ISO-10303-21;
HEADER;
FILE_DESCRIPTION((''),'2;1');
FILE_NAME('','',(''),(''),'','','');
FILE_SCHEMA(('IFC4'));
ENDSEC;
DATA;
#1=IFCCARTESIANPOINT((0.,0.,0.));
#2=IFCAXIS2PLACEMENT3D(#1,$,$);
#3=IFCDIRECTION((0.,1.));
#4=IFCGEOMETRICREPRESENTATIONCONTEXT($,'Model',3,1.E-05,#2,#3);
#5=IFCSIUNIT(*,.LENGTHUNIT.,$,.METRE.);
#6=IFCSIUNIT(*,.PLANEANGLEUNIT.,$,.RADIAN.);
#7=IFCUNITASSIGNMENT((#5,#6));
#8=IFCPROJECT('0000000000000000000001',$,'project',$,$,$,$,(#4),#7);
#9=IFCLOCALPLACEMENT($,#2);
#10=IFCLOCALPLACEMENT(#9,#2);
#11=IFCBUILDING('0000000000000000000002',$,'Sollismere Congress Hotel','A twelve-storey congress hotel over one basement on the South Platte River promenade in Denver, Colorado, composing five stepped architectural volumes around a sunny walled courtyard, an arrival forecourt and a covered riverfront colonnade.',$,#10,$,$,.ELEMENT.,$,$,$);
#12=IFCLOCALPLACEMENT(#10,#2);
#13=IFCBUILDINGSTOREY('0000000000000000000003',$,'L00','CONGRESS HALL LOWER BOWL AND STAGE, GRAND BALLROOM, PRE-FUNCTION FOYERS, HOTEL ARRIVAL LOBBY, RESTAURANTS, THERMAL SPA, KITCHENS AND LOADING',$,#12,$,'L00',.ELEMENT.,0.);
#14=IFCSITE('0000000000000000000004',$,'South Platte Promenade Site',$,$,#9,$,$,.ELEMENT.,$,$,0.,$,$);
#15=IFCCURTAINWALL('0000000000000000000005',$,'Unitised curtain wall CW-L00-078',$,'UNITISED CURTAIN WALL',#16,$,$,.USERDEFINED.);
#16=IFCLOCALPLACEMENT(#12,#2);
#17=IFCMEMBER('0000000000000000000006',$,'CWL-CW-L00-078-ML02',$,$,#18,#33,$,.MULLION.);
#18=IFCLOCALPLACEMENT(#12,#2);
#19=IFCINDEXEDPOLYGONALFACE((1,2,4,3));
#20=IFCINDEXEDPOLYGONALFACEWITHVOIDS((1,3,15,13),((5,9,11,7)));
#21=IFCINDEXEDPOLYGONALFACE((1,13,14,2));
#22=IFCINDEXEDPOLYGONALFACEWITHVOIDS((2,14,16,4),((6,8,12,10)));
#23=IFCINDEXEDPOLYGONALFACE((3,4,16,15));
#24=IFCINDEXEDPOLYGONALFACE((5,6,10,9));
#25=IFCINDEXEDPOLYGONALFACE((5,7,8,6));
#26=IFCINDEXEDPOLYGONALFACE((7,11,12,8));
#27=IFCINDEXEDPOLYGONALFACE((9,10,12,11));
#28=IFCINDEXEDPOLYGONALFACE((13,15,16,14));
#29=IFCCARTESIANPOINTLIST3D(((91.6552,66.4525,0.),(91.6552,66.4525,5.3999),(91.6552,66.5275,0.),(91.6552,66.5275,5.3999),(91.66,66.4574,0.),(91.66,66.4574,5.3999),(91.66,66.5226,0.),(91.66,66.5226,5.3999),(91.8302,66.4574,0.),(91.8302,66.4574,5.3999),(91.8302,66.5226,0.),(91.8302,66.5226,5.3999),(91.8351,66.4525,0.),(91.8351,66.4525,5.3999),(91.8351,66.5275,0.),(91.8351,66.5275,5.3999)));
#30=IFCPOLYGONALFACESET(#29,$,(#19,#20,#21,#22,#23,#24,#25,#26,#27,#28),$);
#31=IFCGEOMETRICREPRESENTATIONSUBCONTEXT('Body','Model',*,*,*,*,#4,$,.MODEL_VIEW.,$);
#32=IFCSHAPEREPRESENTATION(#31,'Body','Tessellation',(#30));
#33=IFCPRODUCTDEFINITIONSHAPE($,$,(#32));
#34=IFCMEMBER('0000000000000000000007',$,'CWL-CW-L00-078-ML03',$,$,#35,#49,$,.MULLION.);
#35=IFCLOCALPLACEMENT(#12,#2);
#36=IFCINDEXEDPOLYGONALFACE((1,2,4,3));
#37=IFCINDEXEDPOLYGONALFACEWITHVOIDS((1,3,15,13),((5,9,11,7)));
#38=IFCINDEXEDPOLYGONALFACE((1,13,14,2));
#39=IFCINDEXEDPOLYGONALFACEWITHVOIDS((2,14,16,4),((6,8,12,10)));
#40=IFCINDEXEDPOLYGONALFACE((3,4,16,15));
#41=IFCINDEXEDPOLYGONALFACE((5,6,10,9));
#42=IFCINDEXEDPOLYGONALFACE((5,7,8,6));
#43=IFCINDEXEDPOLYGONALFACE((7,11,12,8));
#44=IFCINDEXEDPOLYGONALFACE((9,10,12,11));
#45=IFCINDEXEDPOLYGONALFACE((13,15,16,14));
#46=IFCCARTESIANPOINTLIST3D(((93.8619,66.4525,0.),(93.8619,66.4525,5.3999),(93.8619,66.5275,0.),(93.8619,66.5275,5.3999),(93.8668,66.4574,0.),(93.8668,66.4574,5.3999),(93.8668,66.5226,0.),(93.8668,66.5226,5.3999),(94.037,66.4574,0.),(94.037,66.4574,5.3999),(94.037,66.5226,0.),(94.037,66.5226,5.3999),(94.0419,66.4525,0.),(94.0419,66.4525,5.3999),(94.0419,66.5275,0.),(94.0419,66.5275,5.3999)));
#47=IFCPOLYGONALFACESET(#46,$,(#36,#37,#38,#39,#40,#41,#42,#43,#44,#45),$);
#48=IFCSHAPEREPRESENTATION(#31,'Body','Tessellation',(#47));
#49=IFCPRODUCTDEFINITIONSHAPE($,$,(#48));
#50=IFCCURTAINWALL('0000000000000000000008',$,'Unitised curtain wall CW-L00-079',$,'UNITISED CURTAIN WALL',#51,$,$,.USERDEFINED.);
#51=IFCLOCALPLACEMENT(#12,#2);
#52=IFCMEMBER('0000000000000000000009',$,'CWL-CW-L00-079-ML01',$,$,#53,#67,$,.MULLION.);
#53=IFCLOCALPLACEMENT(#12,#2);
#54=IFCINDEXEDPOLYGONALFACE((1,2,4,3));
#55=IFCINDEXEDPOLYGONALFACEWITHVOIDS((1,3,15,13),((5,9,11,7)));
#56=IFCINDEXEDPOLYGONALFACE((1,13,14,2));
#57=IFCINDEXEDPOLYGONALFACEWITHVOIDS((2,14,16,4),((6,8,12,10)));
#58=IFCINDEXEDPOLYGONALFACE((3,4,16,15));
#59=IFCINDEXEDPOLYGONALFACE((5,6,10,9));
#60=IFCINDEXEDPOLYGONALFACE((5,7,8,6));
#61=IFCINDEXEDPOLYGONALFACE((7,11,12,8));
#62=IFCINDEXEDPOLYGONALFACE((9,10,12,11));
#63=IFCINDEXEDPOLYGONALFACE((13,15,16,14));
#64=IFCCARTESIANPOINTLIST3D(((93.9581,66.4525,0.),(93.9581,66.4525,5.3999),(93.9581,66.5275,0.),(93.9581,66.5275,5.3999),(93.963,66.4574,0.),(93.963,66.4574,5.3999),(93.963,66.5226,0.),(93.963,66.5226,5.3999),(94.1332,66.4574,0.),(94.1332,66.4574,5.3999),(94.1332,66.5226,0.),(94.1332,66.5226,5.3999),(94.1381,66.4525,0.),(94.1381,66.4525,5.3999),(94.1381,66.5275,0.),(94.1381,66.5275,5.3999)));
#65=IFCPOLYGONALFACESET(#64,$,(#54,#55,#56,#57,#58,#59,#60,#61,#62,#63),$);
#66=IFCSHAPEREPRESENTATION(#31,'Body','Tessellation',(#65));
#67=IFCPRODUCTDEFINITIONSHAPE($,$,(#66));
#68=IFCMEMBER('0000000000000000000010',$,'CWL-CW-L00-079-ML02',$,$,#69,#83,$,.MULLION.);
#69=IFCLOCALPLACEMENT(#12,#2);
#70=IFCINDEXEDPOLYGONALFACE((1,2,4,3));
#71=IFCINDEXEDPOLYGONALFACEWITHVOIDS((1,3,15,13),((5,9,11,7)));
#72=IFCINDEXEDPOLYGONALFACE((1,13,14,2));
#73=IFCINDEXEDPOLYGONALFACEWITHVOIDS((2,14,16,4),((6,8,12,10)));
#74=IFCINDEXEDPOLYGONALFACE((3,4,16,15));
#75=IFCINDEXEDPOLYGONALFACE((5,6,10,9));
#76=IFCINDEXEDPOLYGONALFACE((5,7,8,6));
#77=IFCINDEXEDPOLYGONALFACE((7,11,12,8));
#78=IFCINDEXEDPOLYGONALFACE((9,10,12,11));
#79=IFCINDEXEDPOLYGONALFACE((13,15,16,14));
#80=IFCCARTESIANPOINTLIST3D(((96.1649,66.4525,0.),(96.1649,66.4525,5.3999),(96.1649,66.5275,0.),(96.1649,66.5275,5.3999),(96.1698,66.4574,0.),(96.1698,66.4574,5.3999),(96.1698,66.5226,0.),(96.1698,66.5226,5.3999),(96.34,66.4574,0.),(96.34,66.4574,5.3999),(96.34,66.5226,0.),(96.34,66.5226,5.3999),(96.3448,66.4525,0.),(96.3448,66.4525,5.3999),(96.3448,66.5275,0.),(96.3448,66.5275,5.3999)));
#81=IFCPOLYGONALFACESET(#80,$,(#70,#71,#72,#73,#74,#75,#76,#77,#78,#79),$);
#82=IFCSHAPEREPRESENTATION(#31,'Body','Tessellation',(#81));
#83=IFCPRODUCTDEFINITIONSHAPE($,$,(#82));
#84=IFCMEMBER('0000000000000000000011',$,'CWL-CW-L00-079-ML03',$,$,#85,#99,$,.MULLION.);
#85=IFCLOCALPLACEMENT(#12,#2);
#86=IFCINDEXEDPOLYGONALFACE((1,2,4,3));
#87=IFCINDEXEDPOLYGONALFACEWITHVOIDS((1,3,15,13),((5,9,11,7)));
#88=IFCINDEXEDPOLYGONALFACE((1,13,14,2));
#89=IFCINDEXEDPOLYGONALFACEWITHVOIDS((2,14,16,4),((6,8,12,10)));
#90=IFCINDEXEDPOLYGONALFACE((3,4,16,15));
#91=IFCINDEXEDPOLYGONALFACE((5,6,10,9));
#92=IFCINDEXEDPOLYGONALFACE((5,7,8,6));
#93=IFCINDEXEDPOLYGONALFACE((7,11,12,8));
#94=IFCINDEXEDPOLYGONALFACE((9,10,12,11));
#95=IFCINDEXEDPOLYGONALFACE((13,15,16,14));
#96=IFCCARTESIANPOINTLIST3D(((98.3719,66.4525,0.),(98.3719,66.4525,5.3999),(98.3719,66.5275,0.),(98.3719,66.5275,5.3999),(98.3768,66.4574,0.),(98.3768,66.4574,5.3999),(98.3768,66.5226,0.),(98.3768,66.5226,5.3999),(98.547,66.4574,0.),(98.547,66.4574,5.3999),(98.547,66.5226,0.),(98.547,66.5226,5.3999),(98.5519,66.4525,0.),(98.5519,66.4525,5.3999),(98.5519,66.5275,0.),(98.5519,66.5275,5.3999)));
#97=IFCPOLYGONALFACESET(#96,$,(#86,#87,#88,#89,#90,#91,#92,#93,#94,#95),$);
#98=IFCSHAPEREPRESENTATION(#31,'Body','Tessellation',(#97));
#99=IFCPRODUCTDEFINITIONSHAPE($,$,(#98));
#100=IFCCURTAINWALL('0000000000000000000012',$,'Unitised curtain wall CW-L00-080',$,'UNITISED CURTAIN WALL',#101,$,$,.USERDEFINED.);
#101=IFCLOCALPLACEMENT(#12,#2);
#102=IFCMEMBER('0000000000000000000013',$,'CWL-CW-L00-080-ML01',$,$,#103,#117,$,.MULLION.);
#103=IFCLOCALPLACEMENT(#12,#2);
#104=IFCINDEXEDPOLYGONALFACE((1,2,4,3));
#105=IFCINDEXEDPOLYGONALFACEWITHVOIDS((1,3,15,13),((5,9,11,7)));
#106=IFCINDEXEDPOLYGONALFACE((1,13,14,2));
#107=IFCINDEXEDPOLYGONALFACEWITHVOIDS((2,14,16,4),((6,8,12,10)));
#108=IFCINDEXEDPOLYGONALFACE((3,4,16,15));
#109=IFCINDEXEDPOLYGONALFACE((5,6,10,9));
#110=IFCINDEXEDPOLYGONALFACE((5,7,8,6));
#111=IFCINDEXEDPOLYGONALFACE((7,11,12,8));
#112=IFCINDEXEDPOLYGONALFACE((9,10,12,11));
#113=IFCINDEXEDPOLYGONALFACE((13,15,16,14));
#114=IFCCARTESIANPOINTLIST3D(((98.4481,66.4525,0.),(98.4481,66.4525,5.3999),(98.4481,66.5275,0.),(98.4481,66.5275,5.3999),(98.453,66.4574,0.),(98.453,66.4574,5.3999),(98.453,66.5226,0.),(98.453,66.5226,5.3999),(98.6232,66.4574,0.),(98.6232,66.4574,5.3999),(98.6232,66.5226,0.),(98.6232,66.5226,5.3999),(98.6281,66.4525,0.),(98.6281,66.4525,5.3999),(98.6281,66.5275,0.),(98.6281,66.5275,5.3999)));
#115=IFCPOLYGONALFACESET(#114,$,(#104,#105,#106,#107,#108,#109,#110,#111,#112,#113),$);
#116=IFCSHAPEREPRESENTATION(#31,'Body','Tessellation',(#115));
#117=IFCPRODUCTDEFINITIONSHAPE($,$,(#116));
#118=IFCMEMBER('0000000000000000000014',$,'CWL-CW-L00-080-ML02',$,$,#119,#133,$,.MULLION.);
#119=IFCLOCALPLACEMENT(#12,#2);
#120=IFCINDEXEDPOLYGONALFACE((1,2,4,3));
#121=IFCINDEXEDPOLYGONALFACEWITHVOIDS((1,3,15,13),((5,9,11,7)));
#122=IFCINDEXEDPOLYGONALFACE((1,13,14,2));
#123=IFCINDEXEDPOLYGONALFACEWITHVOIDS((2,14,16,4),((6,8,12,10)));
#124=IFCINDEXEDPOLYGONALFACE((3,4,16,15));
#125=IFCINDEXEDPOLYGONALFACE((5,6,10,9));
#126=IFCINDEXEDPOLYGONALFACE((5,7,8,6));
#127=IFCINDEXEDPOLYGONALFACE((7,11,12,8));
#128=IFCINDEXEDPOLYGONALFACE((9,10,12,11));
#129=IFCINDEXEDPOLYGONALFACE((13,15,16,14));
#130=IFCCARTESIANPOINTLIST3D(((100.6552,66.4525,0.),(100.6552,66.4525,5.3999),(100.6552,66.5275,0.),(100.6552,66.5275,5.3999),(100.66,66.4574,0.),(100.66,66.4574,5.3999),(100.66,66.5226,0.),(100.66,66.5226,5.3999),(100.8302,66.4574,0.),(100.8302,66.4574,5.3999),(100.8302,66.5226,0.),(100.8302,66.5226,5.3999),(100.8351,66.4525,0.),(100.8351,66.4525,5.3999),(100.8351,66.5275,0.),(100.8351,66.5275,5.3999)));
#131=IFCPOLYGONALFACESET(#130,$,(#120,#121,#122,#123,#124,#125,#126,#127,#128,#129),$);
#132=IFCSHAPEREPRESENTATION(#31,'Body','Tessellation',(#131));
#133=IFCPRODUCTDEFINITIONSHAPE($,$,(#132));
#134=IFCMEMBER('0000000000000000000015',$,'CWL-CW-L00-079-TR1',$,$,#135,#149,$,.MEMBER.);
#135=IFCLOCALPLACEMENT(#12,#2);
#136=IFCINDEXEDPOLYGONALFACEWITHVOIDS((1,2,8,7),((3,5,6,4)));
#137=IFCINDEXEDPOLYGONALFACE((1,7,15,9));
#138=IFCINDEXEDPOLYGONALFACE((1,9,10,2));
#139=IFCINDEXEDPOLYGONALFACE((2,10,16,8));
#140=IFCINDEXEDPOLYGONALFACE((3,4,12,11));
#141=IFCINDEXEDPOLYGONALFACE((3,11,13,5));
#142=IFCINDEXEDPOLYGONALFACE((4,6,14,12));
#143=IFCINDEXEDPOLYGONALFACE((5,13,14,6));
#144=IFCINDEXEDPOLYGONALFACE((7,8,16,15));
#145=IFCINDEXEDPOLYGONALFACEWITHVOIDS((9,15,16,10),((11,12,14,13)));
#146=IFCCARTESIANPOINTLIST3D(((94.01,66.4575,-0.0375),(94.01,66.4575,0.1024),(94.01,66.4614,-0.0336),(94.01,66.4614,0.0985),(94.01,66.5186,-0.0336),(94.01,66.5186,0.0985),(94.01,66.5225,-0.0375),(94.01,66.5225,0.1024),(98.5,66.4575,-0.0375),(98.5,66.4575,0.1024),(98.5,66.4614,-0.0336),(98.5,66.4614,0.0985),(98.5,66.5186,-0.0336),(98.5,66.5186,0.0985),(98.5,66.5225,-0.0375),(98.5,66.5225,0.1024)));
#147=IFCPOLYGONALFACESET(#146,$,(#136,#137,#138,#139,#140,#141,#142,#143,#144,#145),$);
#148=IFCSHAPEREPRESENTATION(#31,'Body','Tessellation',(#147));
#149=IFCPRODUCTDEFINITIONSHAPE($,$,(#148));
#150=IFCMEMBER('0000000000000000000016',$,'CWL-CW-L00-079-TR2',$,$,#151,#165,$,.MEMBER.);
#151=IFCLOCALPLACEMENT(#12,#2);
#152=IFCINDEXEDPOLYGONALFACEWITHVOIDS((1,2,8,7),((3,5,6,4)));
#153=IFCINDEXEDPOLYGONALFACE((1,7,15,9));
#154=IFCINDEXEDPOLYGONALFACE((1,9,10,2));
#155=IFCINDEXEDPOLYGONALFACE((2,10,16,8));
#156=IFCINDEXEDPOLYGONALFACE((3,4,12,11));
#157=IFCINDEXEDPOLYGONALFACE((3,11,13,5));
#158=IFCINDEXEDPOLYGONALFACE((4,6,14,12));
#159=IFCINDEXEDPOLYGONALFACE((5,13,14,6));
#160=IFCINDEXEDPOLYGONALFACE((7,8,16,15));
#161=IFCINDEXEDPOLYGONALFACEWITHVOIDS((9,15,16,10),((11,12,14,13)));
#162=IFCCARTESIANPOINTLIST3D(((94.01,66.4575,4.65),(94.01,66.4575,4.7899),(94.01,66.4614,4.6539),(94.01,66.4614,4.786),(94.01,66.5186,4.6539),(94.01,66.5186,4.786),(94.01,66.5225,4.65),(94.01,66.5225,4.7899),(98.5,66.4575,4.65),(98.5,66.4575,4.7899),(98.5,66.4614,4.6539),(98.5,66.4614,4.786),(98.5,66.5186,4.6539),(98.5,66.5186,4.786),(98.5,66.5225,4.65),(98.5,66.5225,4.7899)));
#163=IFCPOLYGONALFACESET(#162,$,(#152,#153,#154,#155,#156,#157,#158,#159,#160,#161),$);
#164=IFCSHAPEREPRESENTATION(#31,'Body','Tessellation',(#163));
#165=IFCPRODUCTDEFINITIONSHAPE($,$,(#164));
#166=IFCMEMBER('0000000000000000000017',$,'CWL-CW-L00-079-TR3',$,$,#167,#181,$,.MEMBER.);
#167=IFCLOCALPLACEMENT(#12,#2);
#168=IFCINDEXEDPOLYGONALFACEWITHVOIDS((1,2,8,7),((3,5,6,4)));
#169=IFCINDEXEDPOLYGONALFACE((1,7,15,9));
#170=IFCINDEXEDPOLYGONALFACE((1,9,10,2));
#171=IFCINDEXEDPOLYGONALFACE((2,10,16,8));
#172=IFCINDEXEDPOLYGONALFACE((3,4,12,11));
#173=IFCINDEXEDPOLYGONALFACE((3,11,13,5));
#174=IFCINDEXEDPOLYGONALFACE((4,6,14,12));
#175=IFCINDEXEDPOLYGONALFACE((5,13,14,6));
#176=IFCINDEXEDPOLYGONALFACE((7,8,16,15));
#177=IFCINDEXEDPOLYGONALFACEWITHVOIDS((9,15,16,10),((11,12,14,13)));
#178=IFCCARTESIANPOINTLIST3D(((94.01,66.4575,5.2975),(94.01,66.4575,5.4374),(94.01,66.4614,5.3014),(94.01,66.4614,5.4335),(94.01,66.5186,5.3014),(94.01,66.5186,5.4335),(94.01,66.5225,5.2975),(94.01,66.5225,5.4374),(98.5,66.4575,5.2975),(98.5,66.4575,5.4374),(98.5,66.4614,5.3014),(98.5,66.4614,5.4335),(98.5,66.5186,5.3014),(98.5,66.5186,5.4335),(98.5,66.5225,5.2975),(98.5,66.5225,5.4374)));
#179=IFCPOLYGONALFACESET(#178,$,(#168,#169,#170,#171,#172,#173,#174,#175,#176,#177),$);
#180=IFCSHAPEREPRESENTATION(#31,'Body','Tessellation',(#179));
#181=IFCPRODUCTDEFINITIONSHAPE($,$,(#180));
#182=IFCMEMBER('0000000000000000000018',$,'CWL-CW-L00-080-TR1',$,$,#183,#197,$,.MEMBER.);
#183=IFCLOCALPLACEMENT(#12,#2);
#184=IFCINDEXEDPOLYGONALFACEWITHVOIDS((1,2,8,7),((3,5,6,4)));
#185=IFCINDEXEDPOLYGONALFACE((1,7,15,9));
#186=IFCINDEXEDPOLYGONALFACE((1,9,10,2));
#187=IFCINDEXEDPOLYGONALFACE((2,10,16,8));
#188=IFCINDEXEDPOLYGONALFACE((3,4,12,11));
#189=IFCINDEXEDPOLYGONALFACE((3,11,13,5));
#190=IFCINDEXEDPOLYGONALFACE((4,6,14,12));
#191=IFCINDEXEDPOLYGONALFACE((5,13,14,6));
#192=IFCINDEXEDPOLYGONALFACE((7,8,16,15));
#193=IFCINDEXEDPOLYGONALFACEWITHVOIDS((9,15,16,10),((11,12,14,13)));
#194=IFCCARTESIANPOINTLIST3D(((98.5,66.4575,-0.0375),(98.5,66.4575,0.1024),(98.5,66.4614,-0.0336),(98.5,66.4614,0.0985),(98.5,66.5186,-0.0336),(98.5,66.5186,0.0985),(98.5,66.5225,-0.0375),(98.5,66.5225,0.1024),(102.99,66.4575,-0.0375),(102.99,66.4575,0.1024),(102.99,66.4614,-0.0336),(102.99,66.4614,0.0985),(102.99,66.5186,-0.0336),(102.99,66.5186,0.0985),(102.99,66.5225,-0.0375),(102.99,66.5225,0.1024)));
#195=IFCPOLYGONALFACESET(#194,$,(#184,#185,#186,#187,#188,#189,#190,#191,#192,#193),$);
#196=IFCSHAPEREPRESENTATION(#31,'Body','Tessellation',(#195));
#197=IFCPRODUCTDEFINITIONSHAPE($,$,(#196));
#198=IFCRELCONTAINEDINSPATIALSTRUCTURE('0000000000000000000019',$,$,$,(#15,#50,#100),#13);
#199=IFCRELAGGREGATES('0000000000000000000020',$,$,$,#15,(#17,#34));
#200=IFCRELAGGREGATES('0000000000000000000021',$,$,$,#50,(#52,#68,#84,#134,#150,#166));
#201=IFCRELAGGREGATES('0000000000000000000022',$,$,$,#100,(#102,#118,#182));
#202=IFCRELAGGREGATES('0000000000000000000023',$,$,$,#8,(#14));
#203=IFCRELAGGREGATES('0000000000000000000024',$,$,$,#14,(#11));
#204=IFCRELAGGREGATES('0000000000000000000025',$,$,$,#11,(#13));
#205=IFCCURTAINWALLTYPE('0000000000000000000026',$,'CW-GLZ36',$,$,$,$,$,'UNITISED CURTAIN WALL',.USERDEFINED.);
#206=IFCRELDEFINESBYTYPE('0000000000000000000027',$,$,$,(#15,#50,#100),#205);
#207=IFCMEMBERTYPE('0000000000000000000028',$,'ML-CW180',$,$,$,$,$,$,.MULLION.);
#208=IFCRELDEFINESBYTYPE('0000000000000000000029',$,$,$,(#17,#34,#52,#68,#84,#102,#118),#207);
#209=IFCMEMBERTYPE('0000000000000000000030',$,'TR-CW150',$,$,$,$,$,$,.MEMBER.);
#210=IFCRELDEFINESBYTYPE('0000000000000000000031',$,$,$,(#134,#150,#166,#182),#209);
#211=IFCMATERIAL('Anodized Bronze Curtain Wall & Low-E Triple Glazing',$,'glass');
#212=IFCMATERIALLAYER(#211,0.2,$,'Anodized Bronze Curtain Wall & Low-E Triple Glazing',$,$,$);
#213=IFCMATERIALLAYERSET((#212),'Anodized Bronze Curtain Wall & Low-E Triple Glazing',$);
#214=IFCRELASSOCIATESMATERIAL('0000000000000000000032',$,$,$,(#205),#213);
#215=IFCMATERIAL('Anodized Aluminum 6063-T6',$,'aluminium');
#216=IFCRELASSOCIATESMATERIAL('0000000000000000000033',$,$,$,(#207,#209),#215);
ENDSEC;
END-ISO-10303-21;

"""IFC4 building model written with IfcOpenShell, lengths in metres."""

from ifc_helpers import new_model, si_unit, direction, frame, origin, origin_2d, place, context, subcontext, project, spatial, hollow_rectangle, extrude, material, layer, layer_set, material_profile, profile_set, type_object, element, aggregate, save


model = new_model("IFC4")

# Units and contexts
model_context = context("Model", 3, precision=1e-05, world=origin(), true_north=direction((0.0, 1.0)))
body_context = subcontext(model_context, "Body", "Model", "MODEL_VIEW")
ifc_project = project(units=[si_unit("LENGTHUNIT", "METRE"), si_unit("PLANEANGLEUNIT", "RADIAN")], contexts=[model_context])

# Site, building, storey
site_placement = place(None, origin())
site = spatial("IfcSite", under=ifc_project, at=site_placement, Name="South Platte Promenade Site", CompositionType="ELEMENT", RefElevation=0.0)
building_placement = place(site_placement, origin())
building = spatial("IfcBuilding", under=site, at=building_placement, Name="Sollismere Congress Hotel", Description="A twelve-storey congress hotel over one basement on the South Platte River promenade in Denver, Colorado, composing five stepped architectural volumes around a sunny walled courtyard, an arrival forecourt and a covered riverfront colonnade.", CompositionType="ELEMENT")
storey_placement = place(building_placement, origin())
storey = spatial("IfcBuildingStorey", under=building, at=storey_placement, Name="L00", Description="CONGRESS HALL LOWER BOWL AND STAGE, GRAND BALLROOM, PRE-FUNCTION FOYERS, HOTEL ARRIVAL LOBBY, RESTAURANTS, THERMAL SPA, KITCHENS AND LOADING", LongName="L00", CompositionType="ELEMENT", Elevation=0.0)

# Curtain walls, members
ifc_material_1 = material(Name="Anodized Bronze Curtain Wall & Low-E Triple Glazing", Category="glass")
ifc_layer_1 = layer(ifc_material_1, 0.2, Name="Anodized Bronze Curtain Wall & Low-E Triple Glazing")
ifc_layer_set_1 = layer_set([ifc_layer_1], Name="Anodized Bronze Curtain Wall & Low-E Triple Glazing")
curtain_wall_type = type_object("IfcCurtainWallType", Name="CW-GLZ36", ElementType="UNITISED CURTAIN WALL", PredefinedType="USERDEFINED", material=ifc_layer_set_1)
curtain_wall_1_placement = place(storey_placement, origin())
curtain_wall_1 = element("IfcCurtainWall", 1, at=curtain_wall_1_placement, inside=storey, type_object=curtain_wall_type, Name="Unitised curtain wall CW-L00-078", ObjectType="UNITISED CURTAIN WALL", PredefinedType="USERDEFINED")
ifc_material_2 = material(Name="Anodized Aluminum 6063-T6", Category="aluminium")
ifc_material_profile_1 = material_profile(ifc_material_2, hollow_rectangle(XDim=0.075, YDim=0.1799, WallThickness=0.0049, at=origin_2d()), Name="ALU180X75X5")
ifc_profile_set_1 = profile_set([ifc_material_profile_1], Name="Anodized Aluminum 6063-T6")
member_type_1 = type_object("IfcMemberType", Name="ML-CW180", PredefinedType="MULLION", material=ifc_profile_set_1)
member_1_placement = place(storey_placement, frame((91.7451, 66.49, 0.0), z_axis=(0.0, 0.0, 1.0), x_axis=(0.0, 1.0, 0.0)))
member_1 = element("IfcMember", 2, at=member_1_placement, type_object=member_type_1, Name="CWL-CW-L00-078-ML02", PredefinedType="MULLION", context=body_context, shape_type="SweptSolid", body=[
    extrude(hollow_rectangle(XDim=0.075, YDim=0.1799, WallThickness=0.0049, at=origin_2d()), origin(), (0.0, 0.0, 1.0), 5.3999),
])
member_2_placement = place(storey_placement, frame((93.9519, 66.49, 0.0), z_axis=(0.0, 0.0, 1.0), x_axis=(0.0, 1.0, 0.0)))
member_2 = element("IfcMember", 3, at=member_2_placement, type_object=member_type_1, Name="CWL-CW-L00-078-ML03", PredefinedType="MULLION", context=body_context, shape_type="SweptSolid", body=[
    extrude(hollow_rectangle(XDim=0.075, YDim=0.1799, WallThickness=0.0049, at=origin_2d()), origin(), (0.0, 0.0, 1.0), 5.3999),
])
curtain_wall_2_placement = place(storey_placement, origin())
curtain_wall_2 = element("IfcCurtainWall", 4, at=curtain_wall_2_placement, inside=storey, type_object=curtain_wall_type, Name="Unitised curtain wall CW-L00-079", ObjectType="UNITISED CURTAIN WALL", PredefinedType="USERDEFINED")
member_3_placement = place(storey_placement, frame((94.0481, 66.49, 0.0), z_axis=(0.0, 0.0, 1.0), x_axis=(0.0, 1.0, 0.0)))
member_3 = element("IfcMember", 5, at=member_3_placement, type_object=member_type_1, Name="CWL-CW-L00-079-ML01", PredefinedType="MULLION", context=body_context, shape_type="SweptSolid", body=[
    extrude(hollow_rectangle(XDim=0.075, YDim=0.1799, WallThickness=0.0049, at=origin_2d()), origin(), (0.0, 0.0, 1.0), 5.3999),
])
member_4_placement = place(storey_placement, frame((96.2549, 66.49, 0.0), z_axis=(0.0, 0.0, 1.0), x_axis=(0.0, 1.0, 0.0)))
member_4 = element("IfcMember", 6, at=member_4_placement, type_object=member_type_1, Name="CWL-CW-L00-079-ML02", PredefinedType="MULLION", context=body_context, shape_type="SweptSolid", body=[
    extrude(hollow_rectangle(XDim=0.075, YDim=0.1799, WallThickness=0.0049, at=origin_2d()), origin(), (0.0, 0.0, 1.0), 5.3999),
])
member_5_placement = place(storey_placement, frame((98.4619, 66.49, 0.0), z_axis=(0.0, 0.0, 1.0), x_axis=(0.0, 1.0, 0.0)))
member_5 = element("IfcMember", 7, at=member_5_placement, type_object=member_type_1, Name="CWL-CW-L00-079-ML03", PredefinedType="MULLION", context=body_context, shape_type="SweptSolid", body=[
    extrude(hollow_rectangle(XDim=0.075, YDim=0.1799, WallThickness=0.0049, at=origin_2d()), origin(), (0.0, 0.0, 1.0), 5.3999),
])
curtain_wall_3_placement = place(storey_placement, origin())
curtain_wall_3 = element("IfcCurtainWall", 8, at=curtain_wall_3_placement, inside=storey, type_object=curtain_wall_type, Name="Unitised curtain wall CW-L00-080", ObjectType="UNITISED CURTAIN WALL", PredefinedType="USERDEFINED")
member_6_placement = place(storey_placement, frame((98.5381, 66.49, 0.0), z_axis=(0.0, 0.0, 1.0), x_axis=(0.0, 1.0, 0.0)))
member_6 = element("IfcMember", 9, at=member_6_placement, type_object=member_type_1, Name="CWL-CW-L00-080-ML01", PredefinedType="MULLION", context=body_context, shape_type="SweptSolid", body=[
    extrude(hollow_rectangle(XDim=0.075, YDim=0.1799, WallThickness=0.0049, at=origin_2d()), origin(), (0.0, 0.0, 1.0), 5.3999),
])
member_7_placement = place(storey_placement, frame((100.7451, 66.49, 0.0), z_axis=(0.0, 0.0, 1.0), x_axis=(0.0, 1.0, 0.0)))
member_7 = element("IfcMember", 10, at=member_7_placement, type_object=member_type_1, Name="CWL-CW-L00-080-ML02", PredefinedType="MULLION", context=body_context, shape_type="SweptSolid", body=[
    extrude(hollow_rectangle(XDim=0.075, YDim=0.1799, WallThickness=0.0049, at=origin_2d()), origin(), (0.0, 0.0, 1.0), 5.3999),
])

# Members
ifc_material_profile_2 = material_profile(ifc_material_2, hollow_rectangle(XDim=0.0649, YDim=0.1399, WallThickness=0.0039, at=origin_2d()), Name="ALU140X65X4")
ifc_profile_set_2 = profile_set([ifc_material_profile_2], Name="Anodized Aluminum 6063-T6")
member_type_2 = type_object("IfcMemberType", Name="TR-CW150", PredefinedType="MEMBER", material=ifc_profile_set_2)
member_8_placement = place(storey_placement, frame((94.01, 66.49, 0.0325), z_axis=(1.0, 0.0, 0.0), x_axis=(0.0, 1.0, 0.0)))
member_8 = element("IfcMember", 11, at=member_8_placement, type_object=member_type_2, Name="CWL-CW-L00-079-TR1", PredefinedType="MEMBER", context=body_context, shape_type="SweptSolid", body=[
    extrude(hollow_rectangle(XDim=0.0649, YDim=0.1399, WallThickness=0.0039, at=origin_2d()), origin(), (0.0, 0.0, 1.0), 4.49),
])
member_9_placement = place(storey_placement, frame((94.01, 66.49, 4.72), z_axis=(1.0, 0.0, 0.0), x_axis=(0.0, 1.0, 0.0)))
member_9 = element("IfcMember", 12, at=member_9_placement, type_object=member_type_2, Name="CWL-CW-L00-079-TR2", PredefinedType="MEMBER", context=body_context, shape_type="SweptSolid", body=[
    extrude(hollow_rectangle(XDim=0.0649, YDim=0.1399, WallThickness=0.0039, at=origin_2d()), origin(), (0.0, 0.0, 1.0), 4.49),
])
member_10_placement = place(storey_placement, frame((94.01, 66.49, 5.3674), z_axis=(1.0, 0.0, 0.0), x_axis=(0.0, 1.0, 0.0)))
member_10 = element("IfcMember", 13, at=member_10_placement, type_object=member_type_2, Name="CWL-CW-L00-079-TR3", PredefinedType="MEMBER", context=body_context, shape_type="SweptSolid", body=[
    extrude(hollow_rectangle(XDim=0.0649, YDim=0.1399, WallThickness=0.0039, at=origin_2d()), origin(), (0.0, 0.0, 1.0), 4.49),
])
member_11_placement = place(storey_placement, frame((98.5, 66.49, 0.0325), z_axis=(1.0, 0.0, 0.0), x_axis=(0.0, 1.0, 0.0)))
member_11 = element("IfcMember", 14, at=member_11_placement, type_object=member_type_2, Name="CWL-CW-L00-080-TR1", PredefinedType="MEMBER", context=body_context, shape_type="SweptSolid", body=[
    extrude(hollow_rectangle(XDim=0.0649, YDim=0.1399, WallThickness=0.0039, at=origin_2d()), origin(), (0.0, 0.0, 1.0), 4.49),
])

aggregate(curtain_wall_1, [member_1, member_2])
aggregate(curtain_wall_2, [member_3, member_4, member_5, member_8, member_9, member_10])
aggregate(curtain_wall_3, [member_6, member_7, member_11])

save(model, "model.ifc")
